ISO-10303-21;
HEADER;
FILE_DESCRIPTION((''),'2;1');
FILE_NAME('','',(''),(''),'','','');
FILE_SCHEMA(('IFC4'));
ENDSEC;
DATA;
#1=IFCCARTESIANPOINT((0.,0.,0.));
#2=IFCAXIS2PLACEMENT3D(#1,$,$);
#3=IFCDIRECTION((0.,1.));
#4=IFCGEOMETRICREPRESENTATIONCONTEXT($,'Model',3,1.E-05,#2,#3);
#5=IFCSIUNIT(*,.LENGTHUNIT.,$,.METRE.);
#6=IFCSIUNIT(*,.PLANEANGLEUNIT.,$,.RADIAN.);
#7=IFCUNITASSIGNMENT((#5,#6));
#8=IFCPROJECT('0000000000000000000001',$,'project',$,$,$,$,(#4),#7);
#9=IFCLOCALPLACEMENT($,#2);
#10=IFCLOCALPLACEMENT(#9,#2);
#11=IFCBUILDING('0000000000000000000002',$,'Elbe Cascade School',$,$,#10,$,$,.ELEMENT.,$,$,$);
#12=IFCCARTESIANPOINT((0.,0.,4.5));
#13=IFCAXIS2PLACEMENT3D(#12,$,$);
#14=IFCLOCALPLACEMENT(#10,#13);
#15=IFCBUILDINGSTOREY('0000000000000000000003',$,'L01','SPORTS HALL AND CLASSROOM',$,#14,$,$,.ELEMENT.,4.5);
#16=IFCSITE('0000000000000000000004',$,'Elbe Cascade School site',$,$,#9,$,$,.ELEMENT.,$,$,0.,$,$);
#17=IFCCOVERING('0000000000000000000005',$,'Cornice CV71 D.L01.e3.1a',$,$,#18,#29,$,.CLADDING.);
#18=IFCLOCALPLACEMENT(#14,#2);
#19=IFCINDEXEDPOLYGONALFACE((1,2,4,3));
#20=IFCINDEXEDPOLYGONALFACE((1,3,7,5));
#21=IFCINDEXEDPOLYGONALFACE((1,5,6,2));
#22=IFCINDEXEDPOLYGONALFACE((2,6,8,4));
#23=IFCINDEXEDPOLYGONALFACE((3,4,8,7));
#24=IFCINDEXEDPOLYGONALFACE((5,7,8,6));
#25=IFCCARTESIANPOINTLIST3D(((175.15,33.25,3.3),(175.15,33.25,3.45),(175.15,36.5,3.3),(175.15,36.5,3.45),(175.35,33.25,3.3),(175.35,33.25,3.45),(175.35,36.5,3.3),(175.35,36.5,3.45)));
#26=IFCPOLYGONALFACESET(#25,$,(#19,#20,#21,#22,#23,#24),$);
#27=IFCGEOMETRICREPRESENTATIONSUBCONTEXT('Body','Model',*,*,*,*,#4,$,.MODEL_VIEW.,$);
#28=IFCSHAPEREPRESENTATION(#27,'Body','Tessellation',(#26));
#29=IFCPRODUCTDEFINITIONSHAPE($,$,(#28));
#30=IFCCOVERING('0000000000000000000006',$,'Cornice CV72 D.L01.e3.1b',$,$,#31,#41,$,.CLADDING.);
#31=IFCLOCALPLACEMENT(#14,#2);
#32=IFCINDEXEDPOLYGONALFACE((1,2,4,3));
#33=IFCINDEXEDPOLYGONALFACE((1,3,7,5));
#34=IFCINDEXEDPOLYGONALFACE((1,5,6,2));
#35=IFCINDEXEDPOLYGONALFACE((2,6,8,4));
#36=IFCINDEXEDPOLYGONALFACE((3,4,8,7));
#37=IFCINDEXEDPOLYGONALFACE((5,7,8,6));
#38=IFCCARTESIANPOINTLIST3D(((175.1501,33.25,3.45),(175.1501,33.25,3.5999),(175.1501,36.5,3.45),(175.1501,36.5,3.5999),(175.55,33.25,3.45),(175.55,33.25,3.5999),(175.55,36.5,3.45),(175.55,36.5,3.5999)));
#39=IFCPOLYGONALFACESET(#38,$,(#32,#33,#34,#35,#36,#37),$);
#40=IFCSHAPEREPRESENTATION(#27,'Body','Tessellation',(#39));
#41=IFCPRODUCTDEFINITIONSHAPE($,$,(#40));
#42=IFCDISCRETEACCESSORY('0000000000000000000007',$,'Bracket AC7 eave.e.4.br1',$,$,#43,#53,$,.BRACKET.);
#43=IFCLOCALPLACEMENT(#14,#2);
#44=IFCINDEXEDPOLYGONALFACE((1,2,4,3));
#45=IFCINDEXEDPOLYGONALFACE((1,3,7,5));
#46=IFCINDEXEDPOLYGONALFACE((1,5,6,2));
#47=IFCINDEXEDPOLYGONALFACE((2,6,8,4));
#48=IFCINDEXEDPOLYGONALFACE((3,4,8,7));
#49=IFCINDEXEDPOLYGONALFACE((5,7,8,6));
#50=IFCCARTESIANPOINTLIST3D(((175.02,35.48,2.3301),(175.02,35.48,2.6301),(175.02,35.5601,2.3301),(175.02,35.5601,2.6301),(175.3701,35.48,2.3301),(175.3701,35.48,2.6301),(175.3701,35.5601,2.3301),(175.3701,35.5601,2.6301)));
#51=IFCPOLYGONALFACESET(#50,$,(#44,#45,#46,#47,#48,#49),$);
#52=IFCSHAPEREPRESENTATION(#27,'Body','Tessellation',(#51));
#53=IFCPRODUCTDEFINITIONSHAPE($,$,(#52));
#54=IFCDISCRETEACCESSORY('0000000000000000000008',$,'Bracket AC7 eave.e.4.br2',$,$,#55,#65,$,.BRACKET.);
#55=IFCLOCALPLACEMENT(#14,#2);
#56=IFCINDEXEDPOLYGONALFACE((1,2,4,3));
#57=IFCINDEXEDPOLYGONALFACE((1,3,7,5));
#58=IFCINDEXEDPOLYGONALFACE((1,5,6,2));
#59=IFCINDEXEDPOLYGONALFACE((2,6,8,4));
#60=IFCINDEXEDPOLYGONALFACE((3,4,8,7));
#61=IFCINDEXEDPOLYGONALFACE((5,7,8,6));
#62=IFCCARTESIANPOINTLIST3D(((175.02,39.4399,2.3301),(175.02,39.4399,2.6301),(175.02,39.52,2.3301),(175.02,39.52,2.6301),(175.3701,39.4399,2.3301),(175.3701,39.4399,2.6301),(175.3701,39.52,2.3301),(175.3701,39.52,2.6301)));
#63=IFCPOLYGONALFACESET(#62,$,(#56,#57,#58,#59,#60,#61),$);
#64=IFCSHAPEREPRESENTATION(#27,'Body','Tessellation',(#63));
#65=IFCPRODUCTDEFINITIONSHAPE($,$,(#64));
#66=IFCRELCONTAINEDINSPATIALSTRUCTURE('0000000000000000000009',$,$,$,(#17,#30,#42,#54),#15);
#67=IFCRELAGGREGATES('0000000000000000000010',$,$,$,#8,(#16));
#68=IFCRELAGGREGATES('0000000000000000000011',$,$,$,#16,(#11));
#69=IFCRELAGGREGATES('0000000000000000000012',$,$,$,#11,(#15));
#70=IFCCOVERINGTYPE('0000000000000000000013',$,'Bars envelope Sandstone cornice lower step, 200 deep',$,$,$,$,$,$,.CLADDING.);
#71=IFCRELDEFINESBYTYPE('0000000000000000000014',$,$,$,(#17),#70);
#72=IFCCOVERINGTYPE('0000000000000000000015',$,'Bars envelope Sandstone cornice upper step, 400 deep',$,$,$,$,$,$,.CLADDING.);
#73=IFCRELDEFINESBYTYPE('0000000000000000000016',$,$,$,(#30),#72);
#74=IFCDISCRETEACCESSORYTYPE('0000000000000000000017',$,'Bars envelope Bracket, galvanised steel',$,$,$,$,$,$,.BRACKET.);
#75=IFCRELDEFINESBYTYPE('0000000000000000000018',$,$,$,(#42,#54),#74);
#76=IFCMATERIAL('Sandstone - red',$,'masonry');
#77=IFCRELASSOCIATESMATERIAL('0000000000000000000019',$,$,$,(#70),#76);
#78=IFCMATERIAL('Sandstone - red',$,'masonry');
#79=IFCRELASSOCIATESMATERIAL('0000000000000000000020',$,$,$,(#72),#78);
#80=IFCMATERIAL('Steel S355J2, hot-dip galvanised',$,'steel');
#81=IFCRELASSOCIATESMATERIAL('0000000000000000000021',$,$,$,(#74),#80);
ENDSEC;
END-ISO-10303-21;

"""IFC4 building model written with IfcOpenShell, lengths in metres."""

from ifc_helpers import new_model, si_unit, direction, frame, origin, origin_2d, place, context, subcontext, project, spatial, rectangle, extrude, material, type_object, element, save


model = new_model("IFC4")

# Units and contexts
model_context = context("Model", 3, precision=1e-05, world=origin(), true_north=direction((0.0, 1.0)))
body_context = subcontext(model_context, "Body", "Model", "MODEL_VIEW")
ifc_project = project(units=[si_unit("LENGTHUNIT", "METRE"), si_unit("PLANEANGLEUNIT", "RADIAN")], contexts=[model_context])

# Site, building, storey
site_placement = place(None, origin())
site = spatial("IfcSite", under=ifc_project, at=site_placement, Name="Elbe Cascade School site", CompositionType="ELEMENT", RefElevation=0.0)
building_placement = place(site_placement, origin())
building = spatial("IfcBuilding", under=site, at=building_placement, Name="Elbe Cascade School", CompositionType="ELEMENT")
storey_placement = place(building_placement, frame((0.0, 0.0, 4.5)))
storey = spatial("IfcBuildingStorey", under=building, at=storey_placement, Name="L01", Description="SPORTS HALL AND CLASSROOM", CompositionType="ELEMENT", Elevation=4.5)

# Coverings
ifc_material_1 = material(Name="Sandstone - red", Category="masonry")
covering_type_1 = type_object("IfcCoveringType", Name="Bars envelope Sandstone cornice lower step, 200 deep", PredefinedType="CLADDING", material=ifc_material_1)
covering_1_placement = place(storey_placement, frame((175.25, 34.875, 3.3), z_axis=(0.0, 0.0, 1.0), x_axis=(0.0, 1.0, 0.0)))
element("IfcCovering", 1, at=covering_1_placement, inside=storey, type_object=covering_type_1, Name="Cornice CV71 D.L01.e3.1a", PredefinedType="CLADDING", context=body_context, shape_type="SweptSolid", body=[
    extrude(rectangle(XDim=3.25, YDim=0.2, at=origin_2d()), origin(), (0.0, 0.0, 1.0), 0.1499),
])
ifc_material_2 = material(Name="Sandstone - red", Category="masonry")
covering_type_2 = type_object("IfcCoveringType", Name="Bars envelope Sandstone cornice upper step, 400 deep", PredefinedType="CLADDING", material=ifc_material_2)
covering_2_placement = place(storey_placement, frame((175.3501, 34.875, 3.45), z_axis=(0.0, 0.0, 1.0), x_axis=(0.0, 1.0, 0.0)))
element("IfcCovering", 2, at=covering_2_placement, inside=storey, type_object=covering_type_2, Name="Cornice CV72 D.L01.e3.1b", PredefinedType="CLADDING", context=body_context, shape_type="SweptSolid", body=[
    extrude(rectangle(XDim=3.25, YDim=0.3999, at=origin_2d()), origin(), (0.0, 0.0, 1.0), 0.1499),
])

# Discrete accessories
ifc_material_3 = material(Name="Steel S355J2, hot-dip galvanised", Category="steel")
discrete_accessory_type = type_object("IfcDiscreteAccessoryType", Name="Bars envelope Bracket, galvanised steel", PredefinedType="BRACKET", material=ifc_material_3)
for number, where, z_axis, x_axis, name in (
    (3, (175.1951, 35.52, 2.3301), (0.0, 0.0, 1.0), (0.0, 1.0, 0.0), "Bracket AC7 eave.e.4.br1"),
    (4, (175.1951, 39.48, 2.3301), (0.0, 0.0, 1.0), (0.0, 1.0, 0.0), "Bracket AC7 eave.e.4.br2"),
):
    element("IfcDiscreteAccessory", number, at=place(storey_placement, frame(where, z_axis=z_axis, x_axis=x_axis)), inside=storey, type_object=discrete_accessory_type, Name=name, PredefinedType="BRACKET", context=body_context, shape_type="SweptSolid", body=[
        extrude(rectangle(XDim=0.0801, YDim=0.3501, at=origin_2d()), origin(), (0.0, 0.0, 1.0), 0.3),
    ])

save(model, "model.ifc")
